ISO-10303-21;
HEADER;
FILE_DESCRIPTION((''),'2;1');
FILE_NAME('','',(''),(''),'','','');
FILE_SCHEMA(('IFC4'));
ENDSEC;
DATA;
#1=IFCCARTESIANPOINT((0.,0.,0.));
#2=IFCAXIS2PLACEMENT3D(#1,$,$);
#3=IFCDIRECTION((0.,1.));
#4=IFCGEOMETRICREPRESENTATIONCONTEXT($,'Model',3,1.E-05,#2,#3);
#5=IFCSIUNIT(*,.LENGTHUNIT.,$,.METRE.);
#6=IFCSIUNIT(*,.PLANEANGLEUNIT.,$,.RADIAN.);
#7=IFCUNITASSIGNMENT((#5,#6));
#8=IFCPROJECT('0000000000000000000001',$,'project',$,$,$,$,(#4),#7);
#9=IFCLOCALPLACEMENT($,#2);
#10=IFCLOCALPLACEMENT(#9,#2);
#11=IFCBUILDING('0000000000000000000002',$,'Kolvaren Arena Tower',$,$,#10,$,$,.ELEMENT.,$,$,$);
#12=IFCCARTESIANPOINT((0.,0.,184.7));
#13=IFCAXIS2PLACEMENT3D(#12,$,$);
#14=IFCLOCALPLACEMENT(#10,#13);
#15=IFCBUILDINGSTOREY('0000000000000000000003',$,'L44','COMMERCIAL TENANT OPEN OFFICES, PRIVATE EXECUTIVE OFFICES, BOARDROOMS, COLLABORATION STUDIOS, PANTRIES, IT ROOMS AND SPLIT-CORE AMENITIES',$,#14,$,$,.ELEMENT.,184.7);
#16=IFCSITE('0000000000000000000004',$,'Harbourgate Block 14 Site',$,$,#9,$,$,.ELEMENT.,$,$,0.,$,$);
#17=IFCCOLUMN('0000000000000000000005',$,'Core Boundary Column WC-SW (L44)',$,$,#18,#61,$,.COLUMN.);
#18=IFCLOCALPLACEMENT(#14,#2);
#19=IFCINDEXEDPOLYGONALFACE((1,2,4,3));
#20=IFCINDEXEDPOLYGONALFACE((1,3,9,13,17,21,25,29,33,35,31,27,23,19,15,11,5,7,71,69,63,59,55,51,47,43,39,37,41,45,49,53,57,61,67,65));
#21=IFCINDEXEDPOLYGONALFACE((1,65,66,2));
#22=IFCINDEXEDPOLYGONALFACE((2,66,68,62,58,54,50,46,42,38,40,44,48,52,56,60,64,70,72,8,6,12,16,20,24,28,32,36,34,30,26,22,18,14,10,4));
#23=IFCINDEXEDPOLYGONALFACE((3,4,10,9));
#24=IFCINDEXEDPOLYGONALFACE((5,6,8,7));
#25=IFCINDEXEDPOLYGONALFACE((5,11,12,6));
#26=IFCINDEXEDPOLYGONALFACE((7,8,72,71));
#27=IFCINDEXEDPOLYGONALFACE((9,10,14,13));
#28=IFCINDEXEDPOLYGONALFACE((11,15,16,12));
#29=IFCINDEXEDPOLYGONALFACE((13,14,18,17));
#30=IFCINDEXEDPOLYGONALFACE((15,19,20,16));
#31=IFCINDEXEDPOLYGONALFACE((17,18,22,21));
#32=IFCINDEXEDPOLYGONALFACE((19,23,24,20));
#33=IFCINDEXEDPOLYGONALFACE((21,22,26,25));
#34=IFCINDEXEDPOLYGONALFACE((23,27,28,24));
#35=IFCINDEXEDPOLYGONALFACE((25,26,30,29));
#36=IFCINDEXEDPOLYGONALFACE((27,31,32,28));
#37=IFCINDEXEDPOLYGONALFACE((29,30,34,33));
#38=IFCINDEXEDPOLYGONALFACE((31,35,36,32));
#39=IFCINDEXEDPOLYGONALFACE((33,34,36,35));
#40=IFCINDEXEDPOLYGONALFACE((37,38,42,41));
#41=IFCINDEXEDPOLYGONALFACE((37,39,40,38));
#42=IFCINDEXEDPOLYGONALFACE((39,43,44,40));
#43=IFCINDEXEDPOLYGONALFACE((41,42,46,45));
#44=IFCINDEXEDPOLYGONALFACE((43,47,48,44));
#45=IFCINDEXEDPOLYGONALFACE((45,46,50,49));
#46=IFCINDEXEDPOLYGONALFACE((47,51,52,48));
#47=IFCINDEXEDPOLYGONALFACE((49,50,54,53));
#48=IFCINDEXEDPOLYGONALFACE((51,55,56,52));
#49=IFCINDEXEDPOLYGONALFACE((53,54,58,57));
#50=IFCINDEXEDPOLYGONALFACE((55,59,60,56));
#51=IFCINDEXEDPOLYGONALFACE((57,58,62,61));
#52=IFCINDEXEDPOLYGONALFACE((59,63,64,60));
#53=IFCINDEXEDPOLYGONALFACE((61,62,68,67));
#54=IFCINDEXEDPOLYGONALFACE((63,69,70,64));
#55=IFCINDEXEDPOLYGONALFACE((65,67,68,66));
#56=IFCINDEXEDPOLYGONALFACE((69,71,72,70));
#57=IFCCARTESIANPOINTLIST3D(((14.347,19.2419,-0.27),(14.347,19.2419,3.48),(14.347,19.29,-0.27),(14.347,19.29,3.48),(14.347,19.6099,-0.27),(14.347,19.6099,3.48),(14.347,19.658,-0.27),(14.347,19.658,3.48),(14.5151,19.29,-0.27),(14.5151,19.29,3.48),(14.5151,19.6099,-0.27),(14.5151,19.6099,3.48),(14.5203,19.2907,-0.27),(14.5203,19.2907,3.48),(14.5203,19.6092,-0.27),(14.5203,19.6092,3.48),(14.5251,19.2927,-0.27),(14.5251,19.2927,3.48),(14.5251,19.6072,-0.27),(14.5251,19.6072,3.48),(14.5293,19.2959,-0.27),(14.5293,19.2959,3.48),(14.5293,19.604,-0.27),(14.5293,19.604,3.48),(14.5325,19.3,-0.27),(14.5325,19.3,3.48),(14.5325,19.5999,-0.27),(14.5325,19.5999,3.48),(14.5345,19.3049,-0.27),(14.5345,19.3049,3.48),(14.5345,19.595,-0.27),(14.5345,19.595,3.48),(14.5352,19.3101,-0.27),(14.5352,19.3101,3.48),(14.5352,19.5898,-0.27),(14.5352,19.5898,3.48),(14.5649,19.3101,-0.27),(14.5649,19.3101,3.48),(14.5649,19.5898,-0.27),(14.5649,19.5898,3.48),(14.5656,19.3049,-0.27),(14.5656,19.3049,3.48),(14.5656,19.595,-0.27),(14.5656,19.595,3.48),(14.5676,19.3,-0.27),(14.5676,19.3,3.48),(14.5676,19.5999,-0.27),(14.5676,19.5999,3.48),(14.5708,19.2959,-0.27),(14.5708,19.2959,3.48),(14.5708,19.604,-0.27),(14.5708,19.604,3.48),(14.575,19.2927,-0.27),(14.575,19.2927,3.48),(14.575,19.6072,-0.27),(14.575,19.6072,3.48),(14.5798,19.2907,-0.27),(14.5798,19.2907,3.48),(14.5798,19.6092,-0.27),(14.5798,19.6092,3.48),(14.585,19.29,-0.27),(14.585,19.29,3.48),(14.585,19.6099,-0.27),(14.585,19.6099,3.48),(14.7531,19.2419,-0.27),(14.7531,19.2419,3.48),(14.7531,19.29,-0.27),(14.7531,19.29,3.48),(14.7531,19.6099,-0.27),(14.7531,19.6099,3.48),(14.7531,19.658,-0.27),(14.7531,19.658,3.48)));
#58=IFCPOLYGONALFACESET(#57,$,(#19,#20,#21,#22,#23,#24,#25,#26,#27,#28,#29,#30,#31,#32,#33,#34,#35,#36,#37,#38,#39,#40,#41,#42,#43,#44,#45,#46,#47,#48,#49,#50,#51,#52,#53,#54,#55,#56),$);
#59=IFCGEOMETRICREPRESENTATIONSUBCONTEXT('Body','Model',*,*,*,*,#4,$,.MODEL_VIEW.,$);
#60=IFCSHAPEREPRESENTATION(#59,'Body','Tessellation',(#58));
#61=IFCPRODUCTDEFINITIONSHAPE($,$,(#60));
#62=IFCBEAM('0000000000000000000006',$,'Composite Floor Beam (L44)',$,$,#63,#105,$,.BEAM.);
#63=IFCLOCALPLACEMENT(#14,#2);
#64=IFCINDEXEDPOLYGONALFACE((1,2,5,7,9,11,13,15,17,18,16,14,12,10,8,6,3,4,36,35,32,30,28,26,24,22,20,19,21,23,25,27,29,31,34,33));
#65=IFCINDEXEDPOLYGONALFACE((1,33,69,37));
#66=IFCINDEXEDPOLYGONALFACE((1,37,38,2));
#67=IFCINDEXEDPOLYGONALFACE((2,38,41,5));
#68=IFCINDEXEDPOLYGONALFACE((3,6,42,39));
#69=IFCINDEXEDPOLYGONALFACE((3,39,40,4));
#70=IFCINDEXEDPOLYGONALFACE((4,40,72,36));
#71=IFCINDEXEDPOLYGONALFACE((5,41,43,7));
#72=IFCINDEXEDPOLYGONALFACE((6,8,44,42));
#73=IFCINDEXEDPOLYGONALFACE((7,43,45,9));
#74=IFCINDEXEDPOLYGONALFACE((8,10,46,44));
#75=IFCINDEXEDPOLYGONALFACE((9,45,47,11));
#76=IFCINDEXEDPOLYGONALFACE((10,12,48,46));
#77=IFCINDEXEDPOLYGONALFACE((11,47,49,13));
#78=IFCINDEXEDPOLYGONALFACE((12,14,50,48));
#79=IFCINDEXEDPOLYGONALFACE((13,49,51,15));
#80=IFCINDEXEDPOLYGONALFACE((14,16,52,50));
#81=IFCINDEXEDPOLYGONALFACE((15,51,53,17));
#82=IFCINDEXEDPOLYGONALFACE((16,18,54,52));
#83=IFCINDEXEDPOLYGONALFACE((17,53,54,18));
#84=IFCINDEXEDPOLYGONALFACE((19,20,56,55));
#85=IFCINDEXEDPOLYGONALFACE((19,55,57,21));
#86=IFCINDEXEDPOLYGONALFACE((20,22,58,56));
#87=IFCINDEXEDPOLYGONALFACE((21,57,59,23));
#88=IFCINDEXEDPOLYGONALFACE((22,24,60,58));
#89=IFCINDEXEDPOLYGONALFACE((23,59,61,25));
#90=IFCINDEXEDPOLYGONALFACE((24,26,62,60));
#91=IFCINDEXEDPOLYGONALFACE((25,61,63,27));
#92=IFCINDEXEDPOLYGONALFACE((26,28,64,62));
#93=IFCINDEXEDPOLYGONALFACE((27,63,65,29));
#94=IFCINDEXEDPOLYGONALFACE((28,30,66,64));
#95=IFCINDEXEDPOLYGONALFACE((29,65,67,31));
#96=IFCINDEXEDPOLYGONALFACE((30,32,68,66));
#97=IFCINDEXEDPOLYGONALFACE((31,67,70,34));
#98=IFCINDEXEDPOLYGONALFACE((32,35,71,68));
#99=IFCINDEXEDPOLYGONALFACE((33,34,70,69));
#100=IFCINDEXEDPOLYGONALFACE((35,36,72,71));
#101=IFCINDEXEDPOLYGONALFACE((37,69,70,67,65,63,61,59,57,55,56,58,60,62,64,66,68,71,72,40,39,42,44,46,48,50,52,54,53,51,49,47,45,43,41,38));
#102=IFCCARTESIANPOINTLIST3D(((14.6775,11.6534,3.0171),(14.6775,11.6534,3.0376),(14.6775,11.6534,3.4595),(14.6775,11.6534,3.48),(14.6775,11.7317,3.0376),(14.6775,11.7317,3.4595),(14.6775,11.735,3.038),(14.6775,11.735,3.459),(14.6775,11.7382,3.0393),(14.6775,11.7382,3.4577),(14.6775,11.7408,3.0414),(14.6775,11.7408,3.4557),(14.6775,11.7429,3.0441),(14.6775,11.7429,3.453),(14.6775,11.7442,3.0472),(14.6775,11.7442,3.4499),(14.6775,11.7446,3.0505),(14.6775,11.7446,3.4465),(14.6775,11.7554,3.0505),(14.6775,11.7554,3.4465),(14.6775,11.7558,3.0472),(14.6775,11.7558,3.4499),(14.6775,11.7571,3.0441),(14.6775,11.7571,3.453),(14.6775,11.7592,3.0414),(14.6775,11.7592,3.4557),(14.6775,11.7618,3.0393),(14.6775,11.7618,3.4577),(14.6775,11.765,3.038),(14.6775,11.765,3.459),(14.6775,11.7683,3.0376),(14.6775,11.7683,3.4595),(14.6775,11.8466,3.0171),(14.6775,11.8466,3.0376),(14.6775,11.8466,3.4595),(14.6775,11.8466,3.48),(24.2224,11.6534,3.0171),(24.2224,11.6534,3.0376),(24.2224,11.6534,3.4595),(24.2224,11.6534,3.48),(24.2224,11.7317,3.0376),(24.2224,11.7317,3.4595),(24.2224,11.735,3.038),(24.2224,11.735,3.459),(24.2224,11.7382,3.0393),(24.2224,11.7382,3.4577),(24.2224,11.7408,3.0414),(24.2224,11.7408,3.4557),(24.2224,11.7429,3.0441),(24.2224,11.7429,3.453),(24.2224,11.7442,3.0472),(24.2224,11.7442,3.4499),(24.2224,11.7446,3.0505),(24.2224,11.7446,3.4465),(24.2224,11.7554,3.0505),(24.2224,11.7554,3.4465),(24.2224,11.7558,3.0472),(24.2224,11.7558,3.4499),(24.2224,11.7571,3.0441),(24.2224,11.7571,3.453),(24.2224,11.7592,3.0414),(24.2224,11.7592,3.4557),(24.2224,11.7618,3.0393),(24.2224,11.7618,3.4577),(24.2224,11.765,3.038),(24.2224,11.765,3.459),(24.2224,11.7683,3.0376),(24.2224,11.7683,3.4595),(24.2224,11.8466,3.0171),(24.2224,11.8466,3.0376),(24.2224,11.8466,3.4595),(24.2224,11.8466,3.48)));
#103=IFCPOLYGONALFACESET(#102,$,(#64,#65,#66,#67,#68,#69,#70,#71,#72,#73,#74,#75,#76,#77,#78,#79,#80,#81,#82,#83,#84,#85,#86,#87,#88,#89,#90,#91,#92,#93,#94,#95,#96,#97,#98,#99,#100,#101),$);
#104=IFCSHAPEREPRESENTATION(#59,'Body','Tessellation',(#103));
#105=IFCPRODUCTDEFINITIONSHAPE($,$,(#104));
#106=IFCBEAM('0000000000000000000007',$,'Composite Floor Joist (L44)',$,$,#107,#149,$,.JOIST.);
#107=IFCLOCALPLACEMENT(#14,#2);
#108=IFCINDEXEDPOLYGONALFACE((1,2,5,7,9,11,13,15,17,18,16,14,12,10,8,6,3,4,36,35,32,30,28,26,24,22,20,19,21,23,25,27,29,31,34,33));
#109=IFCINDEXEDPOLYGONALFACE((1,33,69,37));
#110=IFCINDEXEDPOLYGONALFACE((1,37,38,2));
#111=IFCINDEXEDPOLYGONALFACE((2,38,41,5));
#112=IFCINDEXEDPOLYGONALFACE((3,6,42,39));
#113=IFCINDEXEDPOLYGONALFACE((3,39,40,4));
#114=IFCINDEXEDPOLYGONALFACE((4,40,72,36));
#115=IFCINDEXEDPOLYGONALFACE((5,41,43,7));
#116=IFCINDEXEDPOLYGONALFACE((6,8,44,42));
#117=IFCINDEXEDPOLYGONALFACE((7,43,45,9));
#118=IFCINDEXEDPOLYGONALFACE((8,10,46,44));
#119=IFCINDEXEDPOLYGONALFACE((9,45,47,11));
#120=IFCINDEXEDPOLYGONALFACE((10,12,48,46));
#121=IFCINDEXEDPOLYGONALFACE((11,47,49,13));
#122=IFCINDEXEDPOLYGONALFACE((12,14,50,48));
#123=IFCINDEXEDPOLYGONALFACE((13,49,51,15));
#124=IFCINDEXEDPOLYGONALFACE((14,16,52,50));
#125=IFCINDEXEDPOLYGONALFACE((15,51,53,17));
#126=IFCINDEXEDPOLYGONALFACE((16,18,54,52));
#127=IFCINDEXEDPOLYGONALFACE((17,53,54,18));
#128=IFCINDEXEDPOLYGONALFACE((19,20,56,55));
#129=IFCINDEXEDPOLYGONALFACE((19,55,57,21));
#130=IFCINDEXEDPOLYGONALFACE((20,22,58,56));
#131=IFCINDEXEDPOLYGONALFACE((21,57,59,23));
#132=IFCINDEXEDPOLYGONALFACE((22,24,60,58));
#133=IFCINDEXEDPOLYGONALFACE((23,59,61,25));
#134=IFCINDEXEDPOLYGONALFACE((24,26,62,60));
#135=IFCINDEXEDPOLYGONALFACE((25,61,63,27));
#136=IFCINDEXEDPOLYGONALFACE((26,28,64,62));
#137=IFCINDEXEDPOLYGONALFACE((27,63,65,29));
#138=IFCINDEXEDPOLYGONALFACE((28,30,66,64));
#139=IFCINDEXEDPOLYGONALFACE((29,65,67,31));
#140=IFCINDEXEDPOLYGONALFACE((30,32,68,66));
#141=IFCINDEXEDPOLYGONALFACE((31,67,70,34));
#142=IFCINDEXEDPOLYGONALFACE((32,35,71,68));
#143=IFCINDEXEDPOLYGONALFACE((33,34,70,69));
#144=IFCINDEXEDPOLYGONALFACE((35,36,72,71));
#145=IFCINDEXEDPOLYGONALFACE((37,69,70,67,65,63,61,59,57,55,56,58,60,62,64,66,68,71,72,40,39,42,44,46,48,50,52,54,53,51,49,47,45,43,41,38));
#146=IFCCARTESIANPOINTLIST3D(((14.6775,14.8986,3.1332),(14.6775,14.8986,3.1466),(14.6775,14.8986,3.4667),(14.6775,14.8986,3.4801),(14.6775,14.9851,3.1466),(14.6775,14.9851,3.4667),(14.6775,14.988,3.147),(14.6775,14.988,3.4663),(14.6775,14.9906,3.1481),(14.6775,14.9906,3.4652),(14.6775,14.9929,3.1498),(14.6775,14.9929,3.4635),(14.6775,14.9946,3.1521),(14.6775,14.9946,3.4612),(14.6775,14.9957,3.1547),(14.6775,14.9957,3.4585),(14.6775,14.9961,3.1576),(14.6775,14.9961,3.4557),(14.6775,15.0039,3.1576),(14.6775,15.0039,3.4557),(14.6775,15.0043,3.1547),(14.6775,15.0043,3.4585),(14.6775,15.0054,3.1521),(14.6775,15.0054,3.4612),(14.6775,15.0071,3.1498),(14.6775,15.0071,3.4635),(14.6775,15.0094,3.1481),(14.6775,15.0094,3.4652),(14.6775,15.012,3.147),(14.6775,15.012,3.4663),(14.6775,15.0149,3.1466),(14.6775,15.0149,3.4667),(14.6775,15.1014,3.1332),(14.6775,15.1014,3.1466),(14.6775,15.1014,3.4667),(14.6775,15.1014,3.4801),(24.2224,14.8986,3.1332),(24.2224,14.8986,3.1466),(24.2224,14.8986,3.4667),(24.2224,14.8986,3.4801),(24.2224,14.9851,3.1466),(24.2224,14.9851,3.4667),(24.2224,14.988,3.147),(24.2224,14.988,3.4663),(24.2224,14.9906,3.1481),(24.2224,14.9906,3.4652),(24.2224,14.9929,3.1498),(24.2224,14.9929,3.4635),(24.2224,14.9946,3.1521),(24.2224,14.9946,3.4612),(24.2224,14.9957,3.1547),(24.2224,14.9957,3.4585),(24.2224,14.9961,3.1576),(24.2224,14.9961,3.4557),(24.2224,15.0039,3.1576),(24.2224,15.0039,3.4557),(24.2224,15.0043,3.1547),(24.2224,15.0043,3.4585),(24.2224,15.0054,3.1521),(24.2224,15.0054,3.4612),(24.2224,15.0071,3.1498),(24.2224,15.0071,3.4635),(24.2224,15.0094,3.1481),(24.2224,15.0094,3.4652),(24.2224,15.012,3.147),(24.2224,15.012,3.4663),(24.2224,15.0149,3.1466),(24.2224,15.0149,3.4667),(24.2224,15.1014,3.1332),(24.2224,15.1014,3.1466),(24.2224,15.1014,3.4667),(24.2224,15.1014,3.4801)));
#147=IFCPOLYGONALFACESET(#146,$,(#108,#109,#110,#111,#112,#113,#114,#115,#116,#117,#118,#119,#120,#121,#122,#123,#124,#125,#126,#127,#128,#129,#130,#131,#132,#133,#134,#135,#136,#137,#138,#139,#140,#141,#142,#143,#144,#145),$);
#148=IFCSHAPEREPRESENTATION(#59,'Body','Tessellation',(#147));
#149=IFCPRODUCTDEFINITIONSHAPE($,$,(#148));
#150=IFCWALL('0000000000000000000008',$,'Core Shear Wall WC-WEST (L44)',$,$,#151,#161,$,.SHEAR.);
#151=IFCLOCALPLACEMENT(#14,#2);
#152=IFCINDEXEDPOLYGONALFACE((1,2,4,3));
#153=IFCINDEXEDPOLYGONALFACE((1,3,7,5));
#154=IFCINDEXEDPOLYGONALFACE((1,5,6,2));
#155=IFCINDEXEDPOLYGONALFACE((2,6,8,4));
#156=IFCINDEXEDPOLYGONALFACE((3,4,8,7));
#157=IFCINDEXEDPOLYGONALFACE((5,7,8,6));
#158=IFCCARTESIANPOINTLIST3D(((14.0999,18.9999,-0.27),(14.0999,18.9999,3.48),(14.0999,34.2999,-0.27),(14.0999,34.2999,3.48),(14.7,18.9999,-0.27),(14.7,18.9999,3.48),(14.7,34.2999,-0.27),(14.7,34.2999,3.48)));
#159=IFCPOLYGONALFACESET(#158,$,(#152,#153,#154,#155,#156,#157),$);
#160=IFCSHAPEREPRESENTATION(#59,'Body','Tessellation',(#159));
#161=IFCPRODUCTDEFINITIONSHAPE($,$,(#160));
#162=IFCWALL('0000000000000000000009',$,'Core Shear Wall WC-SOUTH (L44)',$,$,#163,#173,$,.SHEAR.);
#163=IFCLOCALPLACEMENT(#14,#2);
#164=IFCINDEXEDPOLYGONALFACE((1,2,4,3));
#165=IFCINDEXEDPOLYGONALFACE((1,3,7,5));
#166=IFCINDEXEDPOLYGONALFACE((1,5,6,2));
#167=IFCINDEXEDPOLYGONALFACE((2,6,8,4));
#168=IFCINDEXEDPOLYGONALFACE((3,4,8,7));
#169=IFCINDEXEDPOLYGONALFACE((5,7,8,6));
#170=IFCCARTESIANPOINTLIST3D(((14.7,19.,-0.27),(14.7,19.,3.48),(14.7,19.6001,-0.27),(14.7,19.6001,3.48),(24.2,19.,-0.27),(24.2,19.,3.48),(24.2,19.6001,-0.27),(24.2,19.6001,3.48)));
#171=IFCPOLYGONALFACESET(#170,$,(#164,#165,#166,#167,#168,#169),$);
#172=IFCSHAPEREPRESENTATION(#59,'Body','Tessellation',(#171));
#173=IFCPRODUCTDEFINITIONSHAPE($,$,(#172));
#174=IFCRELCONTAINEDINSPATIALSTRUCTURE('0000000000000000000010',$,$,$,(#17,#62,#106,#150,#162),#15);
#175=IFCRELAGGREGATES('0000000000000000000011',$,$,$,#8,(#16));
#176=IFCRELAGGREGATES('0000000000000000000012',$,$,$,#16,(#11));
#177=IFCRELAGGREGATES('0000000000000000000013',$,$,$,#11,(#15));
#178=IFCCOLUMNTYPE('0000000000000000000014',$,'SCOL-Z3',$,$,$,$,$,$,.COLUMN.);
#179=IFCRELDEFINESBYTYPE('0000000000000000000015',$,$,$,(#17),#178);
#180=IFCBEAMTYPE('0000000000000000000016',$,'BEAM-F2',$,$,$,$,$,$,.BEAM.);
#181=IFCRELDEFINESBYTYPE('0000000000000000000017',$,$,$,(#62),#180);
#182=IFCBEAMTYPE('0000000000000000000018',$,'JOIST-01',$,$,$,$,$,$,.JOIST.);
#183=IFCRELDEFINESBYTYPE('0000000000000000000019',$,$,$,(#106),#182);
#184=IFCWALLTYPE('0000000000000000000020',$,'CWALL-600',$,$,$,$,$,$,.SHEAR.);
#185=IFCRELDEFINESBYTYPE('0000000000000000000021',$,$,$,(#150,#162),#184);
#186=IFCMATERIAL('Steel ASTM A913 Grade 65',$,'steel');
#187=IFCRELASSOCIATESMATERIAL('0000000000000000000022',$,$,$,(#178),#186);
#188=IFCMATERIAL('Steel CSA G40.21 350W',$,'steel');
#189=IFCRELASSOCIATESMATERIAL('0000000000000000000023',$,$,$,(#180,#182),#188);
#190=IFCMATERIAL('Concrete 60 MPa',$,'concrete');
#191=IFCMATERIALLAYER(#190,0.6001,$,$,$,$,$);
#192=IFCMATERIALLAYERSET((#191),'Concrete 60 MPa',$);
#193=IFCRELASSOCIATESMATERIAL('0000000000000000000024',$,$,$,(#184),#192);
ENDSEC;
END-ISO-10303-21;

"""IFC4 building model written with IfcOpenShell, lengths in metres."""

from ifc_helpers import new_model, si_unit, direction, frame, frame_2d, origin, origin_2d, place, context, subcontext, project, spatial, rectangle, i_section, extrude, material, layer, layer_set, material_profile, profile_set, type_object, element, save


model = new_model("IFC4")

# Units and contexts
model_context = context("Model", 3, precision=1e-05, world=origin(), true_north=direction((0.0, 1.0)))
body_context = subcontext(model_context, "Body", "Model", "MODEL_VIEW")
ifc_project = project(units=[si_unit("LENGTHUNIT", "METRE"), si_unit("PLANEANGLEUNIT", "RADIAN")], contexts=[model_context])

# Site, building, storey
site_placement = place(None, origin())
site = spatial("IfcSite", under=ifc_project, at=site_placement, Name="Harbourgate Block 14 Site", CompositionType="ELEMENT", RefElevation=0.0)
building_placement = place(site_placement, origin())
building = spatial("IfcBuilding", under=site, at=building_placement, Name="Kolvaren Arena Tower", CompositionType="ELEMENT")
storey_placement = place(building_placement, frame((0.0, 0.0, 184.7)))
storey = spatial("IfcBuildingStorey", under=building, at=storey_placement, Name="L44", Description="COMMERCIAL TENANT OPEN OFFICES, PRIVATE EXECUTIVE OFFICES, BOARDROOMS, COLLABORATION STUDIOS, PANTRIES, IT ROOMS AND SPLIT-CORE AMENITIES", CompositionType="ELEMENT", Elevation=184.7)

# Column
ifc_material_1 = material(Name="Steel ASTM A913 Grade 65", Category="steel")
ifc_material_profile_1 = material_profile(ifc_material_1, i_section(OverallWidth=0.406, OverallDepth=0.416, WebThickness=0.0298, FlangeThickness=0.0481, FilletRadius=0.02, at=origin_2d()), Name="W360x382")
ifc_profile_set_1 = profile_set([ifc_material_profile_1], Name="Steel ASTM A913 Grade 65")
column_type = type_object("IfcColumnType", Name="SCOL-Z3", PredefinedType="COLUMN", material=ifc_profile_set_1)
column_placement = place(storey_placement, frame((14.55, 19.45, -0.27), z_axis=(0.0, 0.0, 1.0), x_axis=(1.0, 0.0, 0.0)))
element("IfcColumn", 1, at=column_placement, inside=storey, type_object=column_type, Name="Core Boundary Column WC-SW (L44)", PredefinedType="COLUMN", context=body_context, shape_type="SweptSolid", body=[
    extrude(i_section(OverallWidth=0.406, OverallDepth=0.416, WebThickness=0.0298, FlangeThickness=0.0481, FilletRadius=0.02, at=origin_2d()), origin(), (0.0, 0.0, 1.0), 3.75),
])

# Beams
ifc_material_2 = material(Name="Steel CSA G40.21 350W", Category="steel")
ifc_material_profile_2 = material_profile(ifc_material_2, i_section(OverallWidth=0.1931, OverallDepth=0.4629, WebThickness=0.0107, FlangeThickness=0.0205, FilletRadius=0.0129, at=origin_2d()), Name="W460x113")
ifc_profile_set_2 = profile_set([ifc_material_profile_2], Name="Steel CSA G40.21 350W")
beam_type_1 = type_object("IfcBeamType", Name="BEAM-F2", PredefinedType="BEAM", material=ifc_profile_set_2)
beam_1_placement = place(storey_placement, frame((14.6775, 11.75, 3.2485), z_axis=(1.0, 0.0, 0.0), x_axis=(0.0, 1.0, 0.0)))
element("IfcBeam", 2, at=beam_1_placement, inside=storey, type_object=beam_type_1, Name="Composite Floor Beam (L44)", PredefinedType="BEAM", context=body_context, shape_type="SweptSolid", body=[
    extrude(i_section(OverallWidth=0.1931, OverallDepth=0.4629, WebThickness=0.0107, FlangeThickness=0.0205, FilletRadius=0.0129, at=origin_2d()), origin(), (0.0, 0.0, 1.0), 9.5449),
])
ifc_material_profile_3 = material_profile(ifc_material_2, i_section(OverallWidth=0.2029, OverallDepth=0.3469, WebThickness=0.0078, FlangeThickness=0.0134, FilletRadius=0.011, at=origin_2d()), Name="W360x64")
ifc_profile_set_3 = profile_set([ifc_material_profile_3], Name="Steel CSA G40.21 350W")
beam_type_2 = type_object("IfcBeamType", Name="JOIST-01", PredefinedType="JOIST", material=ifc_profile_set_3)
beam_2_placement = place(storey_placement, frame((14.6775, 15.0, 3.3066), z_axis=(1.0, 0.0, 0.0), x_axis=(0.0, 1.0, 0.0)))
element("IfcBeam", 3, at=beam_2_placement, inside=storey, type_object=beam_type_2, Name="Composite Floor Joist (L44)", PredefinedType="JOIST", context=body_context, shape_type="SweptSolid", body=[
    extrude(i_section(OverallWidth=0.2029, OverallDepth=0.3469, WebThickness=0.0078, FlangeThickness=0.0134, FilletRadius=0.011, at=origin_2d()), origin(), (0.0, 0.0, 1.0), 9.5449),
])

# Walls
ifc_material_3 = material(Name="Concrete 60 MPa", Category="concrete")
ifc_layer_1 = layer(ifc_material_3, 0.6001)
ifc_layer_set_1 = layer_set([ifc_layer_1], Name="Concrete 60 MPa")
wall_type_1 = type_object("IfcWallType", Name="CWALL-600", PredefinedType="SHEAR", material=ifc_layer_set_1)
wall_1_placement = place(storey_placement, frame((14.3999, 19.0, -0.27), z_axis=(0.0, 0.0, 1.0), x_axis=(0.0, 1.0, 0.0)))
element("IfcWall", 4, at=wall_1_placement, inside=storey, type_object=wall_type_1, Name="Core Shear Wall WC-WEST (L44)", PredefinedType="SHEAR", context=body_context, shape_type="SweptSolid", body=[
    extrude(rectangle(XDim=15.3, YDim=0.6001, at=frame_2d((7.6499, 0.0))), origin(), (0.0, 0.0, 1.0), 3.75),
])
wall_2_placement = place(storey_placement, frame((14.7, 19.3, -0.27), z_axis=(0.0, 0.0, 1.0), x_axis=(1.0, 0.0, 0.0)))
element("IfcWall", 5, at=wall_2_placement, inside=storey, type_object=wall_type_1, Name="Core Shear Wall WC-SOUTH (L44)", PredefinedType="SHEAR", context=body_context, shape_type="SweptSolid", body=[
    extrude(rectangle(XDim=9.5, YDim=0.6001, at=frame_2d((4.75, 0.0))), origin(), (0.0, 0.0, 1.0), 3.75),
])

save(model, "model.ifc")
